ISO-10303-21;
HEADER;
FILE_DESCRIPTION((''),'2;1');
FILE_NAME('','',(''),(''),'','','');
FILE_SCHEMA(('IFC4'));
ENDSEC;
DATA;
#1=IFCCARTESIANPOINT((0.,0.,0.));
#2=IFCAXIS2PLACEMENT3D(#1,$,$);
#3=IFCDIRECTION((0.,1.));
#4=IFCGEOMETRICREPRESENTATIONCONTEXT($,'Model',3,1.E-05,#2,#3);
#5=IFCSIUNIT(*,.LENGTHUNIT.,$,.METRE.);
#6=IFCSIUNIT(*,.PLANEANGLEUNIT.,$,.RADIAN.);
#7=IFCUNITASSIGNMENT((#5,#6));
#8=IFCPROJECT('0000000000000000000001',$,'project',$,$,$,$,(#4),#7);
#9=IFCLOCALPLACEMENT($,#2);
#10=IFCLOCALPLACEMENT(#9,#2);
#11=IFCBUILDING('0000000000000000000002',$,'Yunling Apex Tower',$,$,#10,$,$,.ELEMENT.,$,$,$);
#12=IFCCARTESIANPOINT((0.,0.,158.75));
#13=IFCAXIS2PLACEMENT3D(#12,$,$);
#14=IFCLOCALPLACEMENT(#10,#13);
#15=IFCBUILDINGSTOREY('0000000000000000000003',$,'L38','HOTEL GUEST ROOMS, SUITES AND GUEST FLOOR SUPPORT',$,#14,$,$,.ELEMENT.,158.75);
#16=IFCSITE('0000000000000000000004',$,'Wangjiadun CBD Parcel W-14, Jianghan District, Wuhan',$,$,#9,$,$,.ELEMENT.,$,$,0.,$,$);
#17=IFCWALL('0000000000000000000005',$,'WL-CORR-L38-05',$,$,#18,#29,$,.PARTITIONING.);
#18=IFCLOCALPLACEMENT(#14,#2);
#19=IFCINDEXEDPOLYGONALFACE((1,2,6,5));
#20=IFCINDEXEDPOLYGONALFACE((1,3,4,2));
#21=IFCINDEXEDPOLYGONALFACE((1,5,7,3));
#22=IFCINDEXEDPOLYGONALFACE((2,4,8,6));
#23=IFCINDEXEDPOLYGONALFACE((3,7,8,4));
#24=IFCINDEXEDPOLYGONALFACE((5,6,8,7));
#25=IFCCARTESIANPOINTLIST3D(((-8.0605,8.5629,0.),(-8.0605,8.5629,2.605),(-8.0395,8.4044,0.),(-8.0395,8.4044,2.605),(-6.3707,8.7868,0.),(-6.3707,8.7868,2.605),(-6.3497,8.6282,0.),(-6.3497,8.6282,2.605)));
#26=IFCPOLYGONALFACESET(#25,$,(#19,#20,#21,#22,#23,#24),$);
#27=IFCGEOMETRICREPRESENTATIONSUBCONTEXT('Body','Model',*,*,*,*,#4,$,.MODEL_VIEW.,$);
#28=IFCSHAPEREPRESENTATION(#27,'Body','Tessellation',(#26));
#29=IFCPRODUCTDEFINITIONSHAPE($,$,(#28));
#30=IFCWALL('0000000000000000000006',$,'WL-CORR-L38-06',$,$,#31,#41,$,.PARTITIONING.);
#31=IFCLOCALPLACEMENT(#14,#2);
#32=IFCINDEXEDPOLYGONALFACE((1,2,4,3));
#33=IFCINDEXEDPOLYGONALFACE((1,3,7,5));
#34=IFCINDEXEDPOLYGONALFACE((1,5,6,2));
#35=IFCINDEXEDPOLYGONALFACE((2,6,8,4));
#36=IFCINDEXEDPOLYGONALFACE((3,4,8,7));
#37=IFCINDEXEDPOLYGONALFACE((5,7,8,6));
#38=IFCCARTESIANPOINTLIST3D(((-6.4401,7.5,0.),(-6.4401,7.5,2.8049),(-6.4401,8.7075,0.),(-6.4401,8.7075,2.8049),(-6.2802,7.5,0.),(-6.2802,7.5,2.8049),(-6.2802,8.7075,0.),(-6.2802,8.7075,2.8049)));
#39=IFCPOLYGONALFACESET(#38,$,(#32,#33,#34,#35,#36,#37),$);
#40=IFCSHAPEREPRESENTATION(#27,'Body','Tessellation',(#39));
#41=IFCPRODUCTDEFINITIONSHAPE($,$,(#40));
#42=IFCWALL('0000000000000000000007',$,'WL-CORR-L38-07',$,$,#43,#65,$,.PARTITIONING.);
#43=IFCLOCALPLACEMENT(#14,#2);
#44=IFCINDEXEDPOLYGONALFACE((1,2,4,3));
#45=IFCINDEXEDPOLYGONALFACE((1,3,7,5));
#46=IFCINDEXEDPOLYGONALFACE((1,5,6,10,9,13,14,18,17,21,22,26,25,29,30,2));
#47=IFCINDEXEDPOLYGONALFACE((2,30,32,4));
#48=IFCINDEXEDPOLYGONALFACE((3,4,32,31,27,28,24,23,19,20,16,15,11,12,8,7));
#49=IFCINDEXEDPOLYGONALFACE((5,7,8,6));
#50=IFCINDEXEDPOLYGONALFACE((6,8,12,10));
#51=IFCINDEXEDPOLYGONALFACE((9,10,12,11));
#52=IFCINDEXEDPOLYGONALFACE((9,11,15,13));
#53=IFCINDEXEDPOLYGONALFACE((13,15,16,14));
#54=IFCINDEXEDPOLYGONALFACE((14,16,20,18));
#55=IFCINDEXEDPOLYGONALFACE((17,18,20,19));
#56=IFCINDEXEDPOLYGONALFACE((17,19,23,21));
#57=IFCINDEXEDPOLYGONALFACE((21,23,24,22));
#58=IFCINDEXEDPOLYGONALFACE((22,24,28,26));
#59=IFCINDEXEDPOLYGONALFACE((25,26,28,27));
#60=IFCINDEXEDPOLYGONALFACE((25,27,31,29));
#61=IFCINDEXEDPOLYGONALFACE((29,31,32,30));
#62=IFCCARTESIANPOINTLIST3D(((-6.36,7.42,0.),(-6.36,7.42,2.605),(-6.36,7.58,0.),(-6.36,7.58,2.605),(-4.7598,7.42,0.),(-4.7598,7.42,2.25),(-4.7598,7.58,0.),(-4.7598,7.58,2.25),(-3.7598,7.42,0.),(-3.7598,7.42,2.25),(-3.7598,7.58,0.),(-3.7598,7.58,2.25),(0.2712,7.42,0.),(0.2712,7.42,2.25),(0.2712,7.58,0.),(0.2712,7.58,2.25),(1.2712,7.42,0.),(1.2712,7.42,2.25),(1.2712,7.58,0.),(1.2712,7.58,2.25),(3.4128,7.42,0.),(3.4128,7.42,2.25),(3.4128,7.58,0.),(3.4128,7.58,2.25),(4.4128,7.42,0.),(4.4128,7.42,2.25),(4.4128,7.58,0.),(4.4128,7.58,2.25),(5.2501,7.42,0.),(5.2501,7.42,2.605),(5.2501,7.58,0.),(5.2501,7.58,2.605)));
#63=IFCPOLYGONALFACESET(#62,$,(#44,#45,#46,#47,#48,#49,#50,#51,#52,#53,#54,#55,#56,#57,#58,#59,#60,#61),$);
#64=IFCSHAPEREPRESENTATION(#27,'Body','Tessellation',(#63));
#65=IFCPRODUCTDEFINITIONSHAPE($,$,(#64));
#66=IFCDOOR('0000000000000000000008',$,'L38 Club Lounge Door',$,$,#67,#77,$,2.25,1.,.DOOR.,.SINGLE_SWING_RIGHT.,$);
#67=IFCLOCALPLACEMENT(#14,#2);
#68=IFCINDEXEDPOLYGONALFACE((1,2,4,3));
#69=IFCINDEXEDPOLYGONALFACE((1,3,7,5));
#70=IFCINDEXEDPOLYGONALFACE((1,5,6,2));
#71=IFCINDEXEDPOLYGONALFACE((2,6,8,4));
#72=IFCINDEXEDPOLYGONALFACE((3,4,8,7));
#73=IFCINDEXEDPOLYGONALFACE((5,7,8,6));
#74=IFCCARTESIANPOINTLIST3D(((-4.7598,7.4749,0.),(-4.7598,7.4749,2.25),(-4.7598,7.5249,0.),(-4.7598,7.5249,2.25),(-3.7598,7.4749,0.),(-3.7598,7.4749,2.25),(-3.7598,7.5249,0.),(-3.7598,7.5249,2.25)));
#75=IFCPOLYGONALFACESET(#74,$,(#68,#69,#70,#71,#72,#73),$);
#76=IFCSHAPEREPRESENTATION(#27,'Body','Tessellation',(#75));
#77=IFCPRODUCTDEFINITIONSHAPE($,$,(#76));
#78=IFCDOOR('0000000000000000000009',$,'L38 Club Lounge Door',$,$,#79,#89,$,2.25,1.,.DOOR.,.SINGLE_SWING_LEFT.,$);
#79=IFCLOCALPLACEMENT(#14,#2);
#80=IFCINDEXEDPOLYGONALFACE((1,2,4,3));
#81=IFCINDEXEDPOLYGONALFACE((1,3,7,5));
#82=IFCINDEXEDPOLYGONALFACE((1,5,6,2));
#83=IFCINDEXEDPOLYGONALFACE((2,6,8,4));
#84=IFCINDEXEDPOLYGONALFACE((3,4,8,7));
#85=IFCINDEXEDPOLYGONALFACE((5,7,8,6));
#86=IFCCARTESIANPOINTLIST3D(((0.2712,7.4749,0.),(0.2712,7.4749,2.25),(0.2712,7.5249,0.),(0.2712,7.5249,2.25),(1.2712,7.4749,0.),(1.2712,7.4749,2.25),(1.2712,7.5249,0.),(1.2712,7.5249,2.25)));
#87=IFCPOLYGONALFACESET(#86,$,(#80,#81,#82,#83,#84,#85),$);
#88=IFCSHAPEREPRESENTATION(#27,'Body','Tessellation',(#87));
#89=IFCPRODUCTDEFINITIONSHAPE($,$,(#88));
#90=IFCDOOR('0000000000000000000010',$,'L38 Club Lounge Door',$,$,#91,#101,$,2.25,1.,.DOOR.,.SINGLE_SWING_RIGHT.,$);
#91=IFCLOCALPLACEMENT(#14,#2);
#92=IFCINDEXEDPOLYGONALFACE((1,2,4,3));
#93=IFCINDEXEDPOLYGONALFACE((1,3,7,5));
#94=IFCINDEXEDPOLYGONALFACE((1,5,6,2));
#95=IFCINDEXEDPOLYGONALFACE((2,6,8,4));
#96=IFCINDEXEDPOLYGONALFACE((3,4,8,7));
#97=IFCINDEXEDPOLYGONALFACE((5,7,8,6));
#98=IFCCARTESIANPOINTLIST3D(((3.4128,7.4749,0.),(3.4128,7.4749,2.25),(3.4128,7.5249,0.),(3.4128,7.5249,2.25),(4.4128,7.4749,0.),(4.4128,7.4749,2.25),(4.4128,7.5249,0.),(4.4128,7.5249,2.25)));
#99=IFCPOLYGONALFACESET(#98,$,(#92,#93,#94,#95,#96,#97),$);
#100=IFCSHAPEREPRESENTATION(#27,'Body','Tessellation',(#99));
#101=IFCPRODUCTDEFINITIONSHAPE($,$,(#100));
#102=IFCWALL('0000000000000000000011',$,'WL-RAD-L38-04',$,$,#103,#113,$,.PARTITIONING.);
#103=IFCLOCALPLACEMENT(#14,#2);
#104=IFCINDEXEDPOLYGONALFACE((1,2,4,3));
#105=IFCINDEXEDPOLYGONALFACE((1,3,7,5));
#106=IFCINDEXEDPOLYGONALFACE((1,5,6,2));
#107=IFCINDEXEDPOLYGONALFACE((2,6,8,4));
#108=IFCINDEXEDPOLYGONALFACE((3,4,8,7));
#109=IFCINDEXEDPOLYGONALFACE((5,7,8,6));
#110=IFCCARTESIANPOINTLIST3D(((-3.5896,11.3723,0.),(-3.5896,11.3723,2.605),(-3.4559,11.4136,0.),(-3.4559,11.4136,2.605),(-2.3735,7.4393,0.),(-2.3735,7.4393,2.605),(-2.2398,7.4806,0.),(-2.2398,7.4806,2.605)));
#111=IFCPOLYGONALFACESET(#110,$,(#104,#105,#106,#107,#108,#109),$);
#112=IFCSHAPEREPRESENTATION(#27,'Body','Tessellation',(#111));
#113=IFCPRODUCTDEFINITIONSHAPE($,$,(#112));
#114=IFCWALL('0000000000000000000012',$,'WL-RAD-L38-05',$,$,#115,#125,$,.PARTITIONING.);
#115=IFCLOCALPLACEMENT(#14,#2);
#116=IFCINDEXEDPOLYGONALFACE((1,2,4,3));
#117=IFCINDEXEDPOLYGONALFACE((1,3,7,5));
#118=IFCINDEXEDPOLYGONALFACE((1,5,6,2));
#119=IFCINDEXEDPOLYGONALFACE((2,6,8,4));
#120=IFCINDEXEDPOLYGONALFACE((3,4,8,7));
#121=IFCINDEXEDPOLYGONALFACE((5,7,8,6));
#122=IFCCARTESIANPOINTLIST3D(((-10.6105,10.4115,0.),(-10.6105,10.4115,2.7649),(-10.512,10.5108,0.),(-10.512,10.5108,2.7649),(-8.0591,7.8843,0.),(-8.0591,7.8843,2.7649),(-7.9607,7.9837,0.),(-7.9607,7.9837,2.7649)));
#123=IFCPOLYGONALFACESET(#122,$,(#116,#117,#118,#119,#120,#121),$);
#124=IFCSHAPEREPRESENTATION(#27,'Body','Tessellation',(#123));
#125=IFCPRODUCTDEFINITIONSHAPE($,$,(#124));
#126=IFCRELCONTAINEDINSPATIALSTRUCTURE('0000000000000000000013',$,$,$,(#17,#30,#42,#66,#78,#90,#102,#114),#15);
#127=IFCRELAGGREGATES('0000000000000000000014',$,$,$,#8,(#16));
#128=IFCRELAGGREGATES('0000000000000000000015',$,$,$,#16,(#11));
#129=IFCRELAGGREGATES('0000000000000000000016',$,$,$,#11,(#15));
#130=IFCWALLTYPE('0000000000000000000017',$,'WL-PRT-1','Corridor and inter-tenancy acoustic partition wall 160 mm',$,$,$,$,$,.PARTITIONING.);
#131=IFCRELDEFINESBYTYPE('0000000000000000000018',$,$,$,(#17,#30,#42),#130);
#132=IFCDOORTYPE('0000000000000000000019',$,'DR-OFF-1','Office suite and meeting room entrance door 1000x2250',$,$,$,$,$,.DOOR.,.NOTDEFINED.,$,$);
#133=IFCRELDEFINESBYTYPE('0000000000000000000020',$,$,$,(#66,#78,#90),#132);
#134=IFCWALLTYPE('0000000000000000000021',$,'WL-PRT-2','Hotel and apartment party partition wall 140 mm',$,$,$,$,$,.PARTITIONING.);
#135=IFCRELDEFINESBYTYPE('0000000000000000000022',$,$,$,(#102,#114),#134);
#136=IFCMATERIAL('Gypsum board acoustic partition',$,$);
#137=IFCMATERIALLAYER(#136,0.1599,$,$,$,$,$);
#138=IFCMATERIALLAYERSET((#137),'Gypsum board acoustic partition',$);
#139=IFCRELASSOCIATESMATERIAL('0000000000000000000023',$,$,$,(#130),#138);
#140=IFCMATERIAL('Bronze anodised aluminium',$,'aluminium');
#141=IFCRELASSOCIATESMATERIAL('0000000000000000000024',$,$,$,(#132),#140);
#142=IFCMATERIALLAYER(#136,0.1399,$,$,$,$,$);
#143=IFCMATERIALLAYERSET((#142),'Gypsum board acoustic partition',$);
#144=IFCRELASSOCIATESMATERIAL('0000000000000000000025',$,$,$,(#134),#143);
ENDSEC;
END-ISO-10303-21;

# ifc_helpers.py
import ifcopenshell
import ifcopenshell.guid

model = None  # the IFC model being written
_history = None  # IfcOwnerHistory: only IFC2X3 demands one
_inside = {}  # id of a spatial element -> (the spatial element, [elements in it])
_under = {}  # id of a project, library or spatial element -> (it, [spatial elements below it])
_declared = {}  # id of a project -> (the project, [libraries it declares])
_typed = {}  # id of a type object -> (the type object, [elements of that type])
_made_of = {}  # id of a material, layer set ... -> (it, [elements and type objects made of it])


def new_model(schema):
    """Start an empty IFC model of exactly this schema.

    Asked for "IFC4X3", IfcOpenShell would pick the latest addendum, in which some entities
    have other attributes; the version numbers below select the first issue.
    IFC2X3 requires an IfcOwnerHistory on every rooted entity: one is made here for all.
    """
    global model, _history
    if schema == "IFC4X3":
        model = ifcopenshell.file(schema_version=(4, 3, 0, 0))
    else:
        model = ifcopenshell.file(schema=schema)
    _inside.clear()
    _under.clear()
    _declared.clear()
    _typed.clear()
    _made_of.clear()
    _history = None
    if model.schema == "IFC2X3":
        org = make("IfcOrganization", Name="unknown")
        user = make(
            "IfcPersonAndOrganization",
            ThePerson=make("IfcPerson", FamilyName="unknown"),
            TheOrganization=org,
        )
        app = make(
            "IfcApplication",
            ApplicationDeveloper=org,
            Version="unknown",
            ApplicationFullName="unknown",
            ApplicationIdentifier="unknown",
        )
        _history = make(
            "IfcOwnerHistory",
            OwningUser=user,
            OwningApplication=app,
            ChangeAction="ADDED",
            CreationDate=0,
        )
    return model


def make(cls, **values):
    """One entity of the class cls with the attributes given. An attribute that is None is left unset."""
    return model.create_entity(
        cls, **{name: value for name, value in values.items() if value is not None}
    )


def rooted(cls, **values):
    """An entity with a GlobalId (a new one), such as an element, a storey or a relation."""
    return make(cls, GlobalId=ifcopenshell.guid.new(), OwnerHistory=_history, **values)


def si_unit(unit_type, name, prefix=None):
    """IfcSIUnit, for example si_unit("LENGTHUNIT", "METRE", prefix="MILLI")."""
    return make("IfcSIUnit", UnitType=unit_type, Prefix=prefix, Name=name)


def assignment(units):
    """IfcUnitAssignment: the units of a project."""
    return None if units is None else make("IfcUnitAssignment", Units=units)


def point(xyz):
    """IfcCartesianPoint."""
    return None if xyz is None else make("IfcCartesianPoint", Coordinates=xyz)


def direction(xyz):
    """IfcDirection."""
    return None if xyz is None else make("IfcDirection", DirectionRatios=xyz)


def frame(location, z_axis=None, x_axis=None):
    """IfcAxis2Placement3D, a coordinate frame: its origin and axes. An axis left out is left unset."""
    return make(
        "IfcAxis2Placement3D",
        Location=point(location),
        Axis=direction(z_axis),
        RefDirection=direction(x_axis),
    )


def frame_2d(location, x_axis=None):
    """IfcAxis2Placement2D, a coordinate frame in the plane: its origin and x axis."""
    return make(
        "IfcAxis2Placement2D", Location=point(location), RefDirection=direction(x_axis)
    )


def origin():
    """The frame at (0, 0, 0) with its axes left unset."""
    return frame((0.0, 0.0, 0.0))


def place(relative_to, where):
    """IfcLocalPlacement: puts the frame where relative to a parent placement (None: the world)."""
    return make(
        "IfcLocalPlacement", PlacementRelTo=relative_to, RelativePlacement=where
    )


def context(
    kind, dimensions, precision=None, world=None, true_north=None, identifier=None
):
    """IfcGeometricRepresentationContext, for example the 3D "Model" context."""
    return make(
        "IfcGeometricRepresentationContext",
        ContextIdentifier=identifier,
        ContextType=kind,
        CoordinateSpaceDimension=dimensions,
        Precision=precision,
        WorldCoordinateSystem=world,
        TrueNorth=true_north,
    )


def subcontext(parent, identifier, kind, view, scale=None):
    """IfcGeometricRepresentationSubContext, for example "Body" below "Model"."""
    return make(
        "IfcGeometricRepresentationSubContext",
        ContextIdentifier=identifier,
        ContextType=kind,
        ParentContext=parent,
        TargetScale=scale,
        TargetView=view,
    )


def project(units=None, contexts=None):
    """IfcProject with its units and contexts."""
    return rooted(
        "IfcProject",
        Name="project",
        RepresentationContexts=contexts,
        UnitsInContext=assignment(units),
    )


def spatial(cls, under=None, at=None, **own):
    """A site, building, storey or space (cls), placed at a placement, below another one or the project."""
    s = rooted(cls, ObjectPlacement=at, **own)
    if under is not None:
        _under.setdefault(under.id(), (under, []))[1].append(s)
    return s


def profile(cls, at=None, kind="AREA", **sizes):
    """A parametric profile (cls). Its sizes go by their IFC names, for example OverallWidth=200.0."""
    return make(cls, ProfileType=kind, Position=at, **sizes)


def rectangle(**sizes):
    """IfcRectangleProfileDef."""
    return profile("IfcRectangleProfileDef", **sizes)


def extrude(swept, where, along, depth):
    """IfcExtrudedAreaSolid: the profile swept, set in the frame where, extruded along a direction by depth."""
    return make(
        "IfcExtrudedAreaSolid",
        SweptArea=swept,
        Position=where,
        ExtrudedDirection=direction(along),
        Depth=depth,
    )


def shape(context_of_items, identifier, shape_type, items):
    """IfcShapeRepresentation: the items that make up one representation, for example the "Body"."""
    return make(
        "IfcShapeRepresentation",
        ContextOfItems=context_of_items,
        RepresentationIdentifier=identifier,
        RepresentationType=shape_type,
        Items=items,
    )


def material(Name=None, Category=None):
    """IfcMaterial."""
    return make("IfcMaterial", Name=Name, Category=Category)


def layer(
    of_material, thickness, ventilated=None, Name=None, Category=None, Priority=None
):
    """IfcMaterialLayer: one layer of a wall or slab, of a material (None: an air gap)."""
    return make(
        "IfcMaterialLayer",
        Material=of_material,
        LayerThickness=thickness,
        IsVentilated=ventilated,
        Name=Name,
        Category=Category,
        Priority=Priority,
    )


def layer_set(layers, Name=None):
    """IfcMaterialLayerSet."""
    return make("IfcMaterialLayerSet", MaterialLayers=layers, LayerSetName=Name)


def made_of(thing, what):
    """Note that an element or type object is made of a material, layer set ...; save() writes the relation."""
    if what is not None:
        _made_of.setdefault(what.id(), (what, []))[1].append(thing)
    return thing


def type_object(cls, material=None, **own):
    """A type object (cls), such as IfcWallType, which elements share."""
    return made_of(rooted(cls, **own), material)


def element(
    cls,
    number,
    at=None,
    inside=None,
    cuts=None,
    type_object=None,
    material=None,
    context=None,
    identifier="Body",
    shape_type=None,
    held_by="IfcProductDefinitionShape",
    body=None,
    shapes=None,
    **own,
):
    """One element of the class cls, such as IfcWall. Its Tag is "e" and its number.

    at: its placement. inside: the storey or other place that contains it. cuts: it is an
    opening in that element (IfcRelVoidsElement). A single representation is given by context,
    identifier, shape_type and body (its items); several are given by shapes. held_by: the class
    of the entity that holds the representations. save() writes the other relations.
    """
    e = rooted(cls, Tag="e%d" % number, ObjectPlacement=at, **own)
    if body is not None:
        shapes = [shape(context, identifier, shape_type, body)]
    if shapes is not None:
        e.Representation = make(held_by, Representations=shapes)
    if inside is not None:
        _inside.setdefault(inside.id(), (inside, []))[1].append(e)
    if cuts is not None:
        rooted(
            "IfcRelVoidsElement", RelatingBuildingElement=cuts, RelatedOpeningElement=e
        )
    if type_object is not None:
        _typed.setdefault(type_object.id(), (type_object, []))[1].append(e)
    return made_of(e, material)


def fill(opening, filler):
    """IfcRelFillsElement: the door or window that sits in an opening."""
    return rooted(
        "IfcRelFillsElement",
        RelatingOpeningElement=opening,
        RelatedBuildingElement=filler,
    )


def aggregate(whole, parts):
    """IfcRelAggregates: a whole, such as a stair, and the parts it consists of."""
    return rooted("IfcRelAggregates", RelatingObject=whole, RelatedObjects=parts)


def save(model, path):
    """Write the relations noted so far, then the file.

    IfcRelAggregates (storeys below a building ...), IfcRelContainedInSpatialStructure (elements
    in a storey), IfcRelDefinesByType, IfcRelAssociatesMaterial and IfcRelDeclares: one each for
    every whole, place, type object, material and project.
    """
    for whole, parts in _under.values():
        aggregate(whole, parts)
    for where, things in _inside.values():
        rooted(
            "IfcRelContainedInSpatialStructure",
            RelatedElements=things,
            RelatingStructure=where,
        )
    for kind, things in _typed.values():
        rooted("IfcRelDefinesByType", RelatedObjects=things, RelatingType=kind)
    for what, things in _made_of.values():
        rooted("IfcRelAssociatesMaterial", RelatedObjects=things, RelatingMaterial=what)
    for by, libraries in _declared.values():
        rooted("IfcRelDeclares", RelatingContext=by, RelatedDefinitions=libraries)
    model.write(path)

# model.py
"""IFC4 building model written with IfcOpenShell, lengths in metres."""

from ifc_helpers import new_model, si_unit, direction, frame, frame_2d, origin, place, context, subcontext, project, spatial, rectangle, extrude, material, layer, layer_set, type_object, element, fill, save


model = new_model("IFC4")

# Units and contexts
model_context = context("Model", 3, precision=1e-05, world=origin(), true_north=direction((0.0, 1.0)))
body_context = subcontext(model_context, "Body", "Model", "MODEL_VIEW")
ifc_project = project(units=[si_unit("LENGTHUNIT", "METRE"), si_unit("PLANEANGLEUNIT", "RADIAN")], contexts=[model_context])

# Site, building, storey
site_placement = place(None, origin())
site = spatial("IfcSite", under=ifc_project, at=site_placement, Name="Wangjiadun CBD Parcel W-14, Jianghan District, Wuhan", CompositionType="ELEMENT", RefElevation=0.0)
building_placement = place(site_placement, origin())
building = spatial("IfcBuilding", under=site, at=building_placement, Name="Yunling Apex Tower", CompositionType="ELEMENT")
storey_placement = place(building_placement, frame((0.0, 0.0, 158.75)))
storey = spatial("IfcBuildingStorey", under=building, at=storey_placement, Name="L38", Description="HOTEL GUEST ROOMS, SUITES AND GUEST FLOOR SUPPORT", CompositionType="ELEMENT", Elevation=158.75)

# Shared definitions
ifc_material_1 = material(Name="Bronze anodised aluminium", Category="aluminium")

# Walls
ifc_material_2 = material(Name="Gypsum board acoustic partition")
ifc_layer_1 = layer(ifc_material_2, 0.1599)
ifc_layer_set_1 = layer_set([ifc_layer_1], Name="Gypsum board acoustic partition")
wall_type_1 = type_object("IfcWallType", Name="WL-PRT-1", Description="Corridor and inter-tenancy acoustic partition wall 160 mm", PredefinedType="PARTITIONING", material=ifc_layer_set_1)
wall_1_placement = place(storey_placement, frame((-8.05, 8.4836, 0.0), z_axis=(0.0, 0.0, 1.0), x_axis=(0.991339, 0.131329, 0.0)))
element("IfcWall", 1, at=wall_1_placement, inside=storey, type_object=wall_type_1, Name="WL-CORR-L38-05", PredefinedType="PARTITIONING", context=body_context, shape_type="SweptSolid", body=[
    extrude(rectangle(XDim=1.7046, YDim=0.1599, at=frame_2d((0.8523, 0.0))), origin(), (0.0, 0.0, 1.0), 2.605),
])
wall_2_placement = place(storey_placement, frame((-6.3601, 8.7075, 0.0), z_axis=(0.0, 0.0, 1.0), x_axis=(0.0, -1.0, 0.0)))
element("IfcWall", 2, at=wall_2_placement, inside=storey, type_object=wall_type_1, Name="WL-CORR-L38-06", PredefinedType="PARTITIONING", context=body_context, shape_type="SweptSolid", body=[
    extrude(rectangle(XDim=1.2075, YDim=0.1599, at=frame_2d((0.6038, 0.0))), origin(), (0.0, 0.0, 1.0), 2.8049),
])

# Wall, openings, doors
wall_3_placement = place(storey_placement, frame((-6.3601, 7.5, 0.0), z_axis=(0.0, 0.0, 1.0), x_axis=(1.0, 0.0, 0.0)))
wall_3 = element("IfcWall", 3, at=wall_3_placement, inside=storey, type_object=wall_type_1, Name="WL-CORR-L38-07", PredefinedType="PARTITIONING", context=body_context, shape_type="SweptSolid", body=[
    extrude(rectangle(XDim=11.6101, YDim=0.1599, at=frame_2d((5.8052, 0.0))), origin(), (0.0, 0.0, 1.0), 2.605),
])
opening_1_placement = place(wall_3_placement, frame((1.6003, 0.0, 0.0)))
opening_1 = element("IfcOpeningElement", 4, at=opening_1_placement, cuts=wall_3, PredefinedType="OPENING", context=body_context, shape_type="SweptSolid", body=[
    extrude(rectangle(XDim=1.0, YDim=2.25, at=frame_2d((0.5, 1.125))), frame((0.0, 0.0898, 0.0), z_axis=(0.0, -1.0, 0.0), x_axis=(1.0, 0.0, 0.0)), (0.0, 0.0, 1.0), 0.1799),
])
opening_2_placement = place(wall_3_placement, frame((6.6313, 0.0, 0.0)))
opening_2 = element("IfcOpeningElement", 5, at=opening_2_placement, cuts=wall_3, PredefinedType="OPENING", context=body_context, shape_type="SweptSolid", body=[
    extrude(rectangle(XDim=1.0, YDim=2.25, at=frame_2d((0.5, 1.125))), frame((0.0, 0.0898, 0.0), z_axis=(0.0, -1.0, 0.0), x_axis=(1.0, 0.0, 0.0)), (0.0, 0.0, 1.0), 0.1799),
])
opening_3_placement = place(wall_3_placement, frame((9.7729, 0.0, 0.0)))
opening_3 = element("IfcOpeningElement", 6, at=opening_3_placement, cuts=wall_3, PredefinedType="OPENING", context=body_context, shape_type="SweptSolid", body=[
    extrude(rectangle(XDim=1.0, YDim=2.25, at=frame_2d((0.5, 1.125))), frame((0.0, 0.0898, 0.0), z_axis=(0.0, -1.0, 0.0), x_axis=(1.0, 0.0, 0.0)), (0.0, 0.0, 1.0), 0.1799),
])
door_type_1 = type_object("IfcDoorType", Name="DR-OFF-1", Description="Office suite and meeting room entrance door 1000x2250", OperationType="NOTDEFINED", PredefinedType="DOOR", material=ifc_material_1)
door_1_placement = place(opening_1_placement, origin())
door_1 = element("IfcDoor", 7, at=door_1_placement, inside=storey, type_object=door_type_1, Name="L38 Club Lounge Door", OperationType="SINGLE_SWING_RIGHT", OverallHeight=2.25, OverallWidth=1.0, PredefinedType="DOOR", context=body_context, shape_type="SweptSolid", body=[
    extrude(rectangle(XDim=1.0, YDim=2.25, at=frame_2d((0.5, 1.125))), frame((0.0, 0.0249, 0.0), z_axis=(0.0, -1.0, 0.0), x_axis=(1.0, 0.0, 0.0)), (0.0, 0.0, 1.0), 0.05),
])
fill(opening_1, door_1)
door_2_placement = place(opening_2_placement, origin())
door_2 = element("IfcDoor", 8, at=door_2_placement, inside=storey, type_object=door_type_1, Name="L38 Club Lounge Door", OperationType="SINGLE_SWING_LEFT", OverallHeight=2.25, OverallWidth=1.0, PredefinedType="DOOR", context=body_context, shape_type="SweptSolid", body=[
    extrude(rectangle(XDim=1.0, YDim=2.25, at=frame_2d((0.5, 1.125))), frame((0.0, 0.0249, 0.0), z_axis=(0.0, -1.0, 0.0), x_axis=(1.0, 0.0, 0.0)), (0.0, 0.0, 1.0), 0.05),
])
fill(opening_2, door_2)
door_3_placement = place(opening_3_placement, origin())
door_3 = element("IfcDoor", 9, at=door_3_placement, inside=storey, type_object=door_type_1, Name="L38 Club Lounge Door", OperationType="SINGLE_SWING_RIGHT", OverallHeight=2.25, OverallWidth=1.0, PredefinedType="DOOR", context=body_context, shape_type="SweptSolid", body=[
    extrude(rectangle(XDim=1.0, YDim=2.25, at=frame_2d((0.5, 1.125))), frame((0.0, 0.0249, 0.0), z_axis=(0.0, -1.0, 0.0), x_axis=(1.0, 0.0, 0.0)), (0.0, 0.0, 1.0), 0.05),
])
fill(opening_3, door_3)

# Walls
ifc_layer_2 = layer(ifc_material_2, 0.1399)
ifc_layer_set_2 = layer_set([ifc_layer_2], Name="Gypsum board acoustic partition")
wall_type_2 = type_object("IfcWallType", Name="WL-PRT-2", Description="Hotel and apartment party partition wall 140 mm", PredefinedType="PARTITIONING", material=ifc_layer_set_2)
wall_4_placement = place(storey_placement, frame((-2.3066, 7.46, 0.0), z_axis=(0.0, 0.0, 1.0), x_axis=(-0.295407, 0.955372, 0.0)))
element("IfcWall", 10, at=wall_4_placement, inside=storey, type_object=wall_type_2, Name="WL-RAD-L38-04", PredefinedType="PARTITIONING", context=body_context, shape_type="SweptSolid", body=[
    extrude(rectangle(XDim=4.1167, YDim=0.1399, at=frame_2d((2.0583, 0.0))), origin(), (0.0, 0.0, 1.0), 2.605),
])
wall_5_placement = place(storey_placement, frame((-8.01, 7.9341, 0.0), z_axis=(0.0, 0.0, 1.0), x_axis=(-0.710464, 0.703733, 0.0)))
element("IfcWall", 11, at=wall_5_placement, inside=storey, type_object=wall_type_2, Name="WL-RAD-L38-05", PredefinedType="PARTITIONING", context=body_context, shape_type="SweptSolid", body=[
    extrude(rectangle(XDim=3.5911, YDim=0.1399, at=frame_2d((1.7954, 0.0))), origin(), (0.0, 0.0, 1.0), 2.7649),
])

save(model, "model.ifc")
